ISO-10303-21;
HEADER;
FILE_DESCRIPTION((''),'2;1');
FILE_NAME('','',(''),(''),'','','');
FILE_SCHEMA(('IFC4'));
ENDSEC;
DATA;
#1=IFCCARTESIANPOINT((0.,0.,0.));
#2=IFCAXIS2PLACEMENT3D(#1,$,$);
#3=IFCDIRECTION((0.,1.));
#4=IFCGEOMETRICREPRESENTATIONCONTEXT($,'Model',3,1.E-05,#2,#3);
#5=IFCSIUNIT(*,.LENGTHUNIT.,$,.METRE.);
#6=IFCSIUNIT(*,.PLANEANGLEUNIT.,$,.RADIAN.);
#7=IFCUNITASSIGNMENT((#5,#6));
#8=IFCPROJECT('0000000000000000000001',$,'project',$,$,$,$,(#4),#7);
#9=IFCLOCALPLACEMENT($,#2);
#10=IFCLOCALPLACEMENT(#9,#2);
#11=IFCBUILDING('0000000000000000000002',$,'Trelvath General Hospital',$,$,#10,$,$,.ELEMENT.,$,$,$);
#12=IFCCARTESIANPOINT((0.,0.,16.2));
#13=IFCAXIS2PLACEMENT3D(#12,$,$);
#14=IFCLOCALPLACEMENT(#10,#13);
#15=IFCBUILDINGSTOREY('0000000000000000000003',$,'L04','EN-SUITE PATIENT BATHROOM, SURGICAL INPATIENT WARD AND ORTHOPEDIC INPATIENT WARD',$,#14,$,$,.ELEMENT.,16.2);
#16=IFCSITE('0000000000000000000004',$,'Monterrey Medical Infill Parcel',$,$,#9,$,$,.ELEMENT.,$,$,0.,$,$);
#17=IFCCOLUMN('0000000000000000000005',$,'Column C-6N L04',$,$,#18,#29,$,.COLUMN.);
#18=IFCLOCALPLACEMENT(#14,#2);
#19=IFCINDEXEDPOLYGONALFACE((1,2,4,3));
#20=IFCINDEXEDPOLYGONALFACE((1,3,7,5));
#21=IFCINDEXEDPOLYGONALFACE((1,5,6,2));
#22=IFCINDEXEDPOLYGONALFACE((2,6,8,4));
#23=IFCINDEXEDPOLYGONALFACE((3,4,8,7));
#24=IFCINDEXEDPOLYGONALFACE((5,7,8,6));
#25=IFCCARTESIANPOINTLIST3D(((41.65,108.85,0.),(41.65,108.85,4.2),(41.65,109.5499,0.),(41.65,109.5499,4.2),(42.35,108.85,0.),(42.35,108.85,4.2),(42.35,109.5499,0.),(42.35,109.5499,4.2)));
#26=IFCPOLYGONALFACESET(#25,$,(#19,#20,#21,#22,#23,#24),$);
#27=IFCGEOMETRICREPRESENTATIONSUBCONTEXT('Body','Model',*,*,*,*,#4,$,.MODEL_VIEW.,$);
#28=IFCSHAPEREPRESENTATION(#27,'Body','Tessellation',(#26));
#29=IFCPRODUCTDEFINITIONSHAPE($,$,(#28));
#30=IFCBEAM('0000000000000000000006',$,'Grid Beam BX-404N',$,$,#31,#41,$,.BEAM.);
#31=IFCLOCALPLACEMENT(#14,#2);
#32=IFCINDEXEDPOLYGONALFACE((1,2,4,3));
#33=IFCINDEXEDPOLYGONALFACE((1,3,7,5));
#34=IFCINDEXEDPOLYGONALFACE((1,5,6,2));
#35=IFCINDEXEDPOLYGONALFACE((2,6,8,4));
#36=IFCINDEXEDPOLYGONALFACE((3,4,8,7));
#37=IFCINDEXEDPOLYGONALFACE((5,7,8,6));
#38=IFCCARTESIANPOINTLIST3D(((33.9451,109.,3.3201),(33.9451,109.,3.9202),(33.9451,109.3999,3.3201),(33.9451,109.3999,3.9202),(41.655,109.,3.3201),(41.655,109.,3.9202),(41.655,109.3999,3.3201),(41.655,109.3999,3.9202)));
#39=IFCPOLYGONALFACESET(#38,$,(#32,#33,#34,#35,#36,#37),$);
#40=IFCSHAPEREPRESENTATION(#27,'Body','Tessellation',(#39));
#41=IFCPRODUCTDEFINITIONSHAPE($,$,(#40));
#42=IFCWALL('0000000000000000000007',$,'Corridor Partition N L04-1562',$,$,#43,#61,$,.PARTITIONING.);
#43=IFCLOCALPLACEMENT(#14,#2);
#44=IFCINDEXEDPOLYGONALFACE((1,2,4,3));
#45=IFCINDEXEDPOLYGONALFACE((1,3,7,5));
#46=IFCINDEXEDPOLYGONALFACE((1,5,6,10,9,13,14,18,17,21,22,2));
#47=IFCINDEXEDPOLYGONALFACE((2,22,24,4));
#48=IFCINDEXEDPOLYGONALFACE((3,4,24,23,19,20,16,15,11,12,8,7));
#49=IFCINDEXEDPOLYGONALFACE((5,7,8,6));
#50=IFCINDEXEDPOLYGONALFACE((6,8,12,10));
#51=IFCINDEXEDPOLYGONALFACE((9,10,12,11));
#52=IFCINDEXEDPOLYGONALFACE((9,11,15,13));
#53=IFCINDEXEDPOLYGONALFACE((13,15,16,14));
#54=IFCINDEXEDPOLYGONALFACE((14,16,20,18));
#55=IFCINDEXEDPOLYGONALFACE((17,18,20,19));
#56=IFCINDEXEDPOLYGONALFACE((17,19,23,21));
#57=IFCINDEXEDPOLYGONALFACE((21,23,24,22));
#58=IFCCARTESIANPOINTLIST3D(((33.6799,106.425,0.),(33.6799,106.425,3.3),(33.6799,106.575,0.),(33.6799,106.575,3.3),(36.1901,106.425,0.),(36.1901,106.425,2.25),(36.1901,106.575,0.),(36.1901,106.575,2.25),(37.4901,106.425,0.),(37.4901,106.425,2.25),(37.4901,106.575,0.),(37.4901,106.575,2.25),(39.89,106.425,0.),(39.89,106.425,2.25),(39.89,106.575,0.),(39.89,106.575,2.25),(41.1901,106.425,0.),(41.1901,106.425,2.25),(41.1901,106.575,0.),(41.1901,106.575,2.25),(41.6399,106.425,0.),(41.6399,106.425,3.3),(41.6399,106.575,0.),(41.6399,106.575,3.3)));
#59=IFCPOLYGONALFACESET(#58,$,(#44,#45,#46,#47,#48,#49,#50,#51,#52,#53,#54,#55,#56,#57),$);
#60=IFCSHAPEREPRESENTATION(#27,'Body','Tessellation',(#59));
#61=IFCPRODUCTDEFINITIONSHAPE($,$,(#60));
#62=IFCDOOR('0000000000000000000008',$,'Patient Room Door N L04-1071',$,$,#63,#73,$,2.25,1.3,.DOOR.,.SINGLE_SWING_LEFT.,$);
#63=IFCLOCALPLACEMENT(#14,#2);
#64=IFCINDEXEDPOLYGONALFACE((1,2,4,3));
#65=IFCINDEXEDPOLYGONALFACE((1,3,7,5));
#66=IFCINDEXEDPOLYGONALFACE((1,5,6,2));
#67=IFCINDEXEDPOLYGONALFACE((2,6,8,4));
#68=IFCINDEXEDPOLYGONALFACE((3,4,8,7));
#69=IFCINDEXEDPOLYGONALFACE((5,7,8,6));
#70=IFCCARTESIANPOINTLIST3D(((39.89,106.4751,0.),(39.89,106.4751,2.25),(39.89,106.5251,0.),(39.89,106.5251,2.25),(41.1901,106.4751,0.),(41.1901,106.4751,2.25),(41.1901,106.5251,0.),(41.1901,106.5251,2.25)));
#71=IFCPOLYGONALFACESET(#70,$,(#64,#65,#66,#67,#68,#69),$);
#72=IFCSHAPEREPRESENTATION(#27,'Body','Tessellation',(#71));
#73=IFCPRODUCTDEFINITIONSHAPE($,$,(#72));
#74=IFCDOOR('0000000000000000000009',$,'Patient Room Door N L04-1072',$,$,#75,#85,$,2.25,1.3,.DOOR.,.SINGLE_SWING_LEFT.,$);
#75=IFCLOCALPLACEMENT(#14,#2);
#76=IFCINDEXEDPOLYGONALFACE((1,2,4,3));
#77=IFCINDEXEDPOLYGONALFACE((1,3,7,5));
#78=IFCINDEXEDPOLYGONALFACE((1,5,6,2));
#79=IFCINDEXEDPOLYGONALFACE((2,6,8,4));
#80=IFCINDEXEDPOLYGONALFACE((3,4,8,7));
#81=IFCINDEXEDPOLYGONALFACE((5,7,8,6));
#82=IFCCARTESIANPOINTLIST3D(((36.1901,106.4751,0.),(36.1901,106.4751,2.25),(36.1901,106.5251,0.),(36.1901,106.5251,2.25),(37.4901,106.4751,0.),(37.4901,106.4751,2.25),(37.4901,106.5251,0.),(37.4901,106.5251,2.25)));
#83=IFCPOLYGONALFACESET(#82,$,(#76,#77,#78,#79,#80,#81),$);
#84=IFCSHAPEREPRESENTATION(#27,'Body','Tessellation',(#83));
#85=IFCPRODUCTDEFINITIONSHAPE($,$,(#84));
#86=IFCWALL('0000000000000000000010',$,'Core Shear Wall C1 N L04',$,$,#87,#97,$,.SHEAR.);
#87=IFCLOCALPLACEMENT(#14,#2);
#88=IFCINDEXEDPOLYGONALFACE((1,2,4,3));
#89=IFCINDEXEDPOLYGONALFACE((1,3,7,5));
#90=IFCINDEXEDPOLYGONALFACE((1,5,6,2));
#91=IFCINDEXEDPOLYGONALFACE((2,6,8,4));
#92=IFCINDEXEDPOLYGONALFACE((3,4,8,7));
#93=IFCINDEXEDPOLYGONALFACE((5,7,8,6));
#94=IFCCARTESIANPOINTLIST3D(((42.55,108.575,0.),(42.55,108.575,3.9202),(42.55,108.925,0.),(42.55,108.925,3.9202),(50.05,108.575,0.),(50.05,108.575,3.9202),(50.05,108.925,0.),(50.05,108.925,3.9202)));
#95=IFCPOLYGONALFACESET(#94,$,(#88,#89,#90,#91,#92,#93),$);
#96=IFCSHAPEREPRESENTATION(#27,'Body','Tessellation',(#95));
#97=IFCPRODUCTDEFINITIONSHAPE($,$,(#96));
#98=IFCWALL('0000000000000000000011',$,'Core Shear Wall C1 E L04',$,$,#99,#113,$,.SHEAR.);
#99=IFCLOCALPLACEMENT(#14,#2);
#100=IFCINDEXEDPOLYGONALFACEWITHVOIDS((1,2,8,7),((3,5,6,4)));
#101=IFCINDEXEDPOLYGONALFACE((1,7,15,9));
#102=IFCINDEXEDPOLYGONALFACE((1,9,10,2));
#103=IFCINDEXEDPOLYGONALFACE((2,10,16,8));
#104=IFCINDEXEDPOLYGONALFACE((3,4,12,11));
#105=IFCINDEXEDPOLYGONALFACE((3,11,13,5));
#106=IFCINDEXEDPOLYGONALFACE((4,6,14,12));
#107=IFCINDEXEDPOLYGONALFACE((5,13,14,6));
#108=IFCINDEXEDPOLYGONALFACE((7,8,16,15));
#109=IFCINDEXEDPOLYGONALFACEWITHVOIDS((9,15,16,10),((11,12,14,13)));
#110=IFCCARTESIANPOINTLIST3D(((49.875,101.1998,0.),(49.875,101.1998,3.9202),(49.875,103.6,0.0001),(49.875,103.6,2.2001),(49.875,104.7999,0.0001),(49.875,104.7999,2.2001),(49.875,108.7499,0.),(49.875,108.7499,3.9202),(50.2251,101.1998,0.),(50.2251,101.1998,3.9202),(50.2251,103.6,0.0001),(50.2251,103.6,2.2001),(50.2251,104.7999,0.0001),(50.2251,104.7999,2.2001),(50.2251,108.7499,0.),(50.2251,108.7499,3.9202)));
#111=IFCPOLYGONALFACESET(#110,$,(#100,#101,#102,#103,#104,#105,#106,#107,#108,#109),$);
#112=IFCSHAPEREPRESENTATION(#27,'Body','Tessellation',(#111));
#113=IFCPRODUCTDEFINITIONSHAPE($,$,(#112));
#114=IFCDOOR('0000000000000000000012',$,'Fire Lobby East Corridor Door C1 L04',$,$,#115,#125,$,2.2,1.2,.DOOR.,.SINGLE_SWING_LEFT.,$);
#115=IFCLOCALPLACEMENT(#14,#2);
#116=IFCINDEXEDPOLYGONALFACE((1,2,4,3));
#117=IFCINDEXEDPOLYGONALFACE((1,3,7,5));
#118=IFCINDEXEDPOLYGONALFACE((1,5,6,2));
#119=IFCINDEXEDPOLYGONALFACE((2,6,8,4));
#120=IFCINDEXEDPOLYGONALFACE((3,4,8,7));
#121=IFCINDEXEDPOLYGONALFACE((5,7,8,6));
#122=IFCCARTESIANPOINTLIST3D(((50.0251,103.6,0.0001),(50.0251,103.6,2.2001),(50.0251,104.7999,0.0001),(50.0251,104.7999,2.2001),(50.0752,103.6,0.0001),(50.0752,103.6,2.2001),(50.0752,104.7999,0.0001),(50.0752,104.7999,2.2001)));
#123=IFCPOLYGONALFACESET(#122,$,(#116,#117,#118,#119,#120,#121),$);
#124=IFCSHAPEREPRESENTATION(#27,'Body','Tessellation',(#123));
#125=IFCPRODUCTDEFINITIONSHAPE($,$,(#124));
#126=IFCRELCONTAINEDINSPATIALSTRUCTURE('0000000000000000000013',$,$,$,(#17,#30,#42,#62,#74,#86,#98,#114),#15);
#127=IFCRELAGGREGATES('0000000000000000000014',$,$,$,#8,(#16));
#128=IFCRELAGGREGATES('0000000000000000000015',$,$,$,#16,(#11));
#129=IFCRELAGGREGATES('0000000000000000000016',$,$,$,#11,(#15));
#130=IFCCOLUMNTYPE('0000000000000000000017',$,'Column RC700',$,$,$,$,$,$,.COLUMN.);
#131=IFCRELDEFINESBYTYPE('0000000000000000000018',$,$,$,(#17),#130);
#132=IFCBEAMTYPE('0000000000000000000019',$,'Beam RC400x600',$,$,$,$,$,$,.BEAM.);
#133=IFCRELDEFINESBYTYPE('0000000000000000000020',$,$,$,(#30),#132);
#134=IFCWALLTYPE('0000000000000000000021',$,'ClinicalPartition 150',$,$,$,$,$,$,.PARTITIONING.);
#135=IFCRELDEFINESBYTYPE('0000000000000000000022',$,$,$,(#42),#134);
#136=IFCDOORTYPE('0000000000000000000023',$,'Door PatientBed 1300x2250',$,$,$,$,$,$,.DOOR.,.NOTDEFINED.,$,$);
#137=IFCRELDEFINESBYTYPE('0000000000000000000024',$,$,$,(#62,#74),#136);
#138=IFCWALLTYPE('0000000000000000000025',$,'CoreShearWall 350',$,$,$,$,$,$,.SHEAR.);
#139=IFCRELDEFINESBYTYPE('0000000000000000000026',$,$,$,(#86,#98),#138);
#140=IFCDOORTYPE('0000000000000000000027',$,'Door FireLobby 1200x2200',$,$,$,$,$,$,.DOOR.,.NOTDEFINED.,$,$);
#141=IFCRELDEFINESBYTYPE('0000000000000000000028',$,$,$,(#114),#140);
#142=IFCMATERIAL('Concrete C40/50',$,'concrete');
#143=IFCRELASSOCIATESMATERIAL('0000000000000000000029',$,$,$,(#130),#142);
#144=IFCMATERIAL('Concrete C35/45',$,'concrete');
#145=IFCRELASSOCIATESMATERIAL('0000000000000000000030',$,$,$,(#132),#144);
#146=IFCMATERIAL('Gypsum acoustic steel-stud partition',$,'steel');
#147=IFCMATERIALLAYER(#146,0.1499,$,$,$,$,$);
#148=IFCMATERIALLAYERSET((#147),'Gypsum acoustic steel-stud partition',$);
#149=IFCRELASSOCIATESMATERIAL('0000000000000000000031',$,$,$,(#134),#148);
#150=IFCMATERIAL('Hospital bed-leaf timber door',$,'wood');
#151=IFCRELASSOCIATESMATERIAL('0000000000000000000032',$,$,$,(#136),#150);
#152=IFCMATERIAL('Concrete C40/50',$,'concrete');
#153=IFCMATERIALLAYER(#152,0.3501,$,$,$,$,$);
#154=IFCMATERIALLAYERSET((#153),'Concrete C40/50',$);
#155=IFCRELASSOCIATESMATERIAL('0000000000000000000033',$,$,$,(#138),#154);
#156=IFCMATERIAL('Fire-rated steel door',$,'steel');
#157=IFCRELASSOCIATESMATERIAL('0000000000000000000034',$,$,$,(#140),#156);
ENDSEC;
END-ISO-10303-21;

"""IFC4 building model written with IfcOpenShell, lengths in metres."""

from ifc_helpers import new_model, si_unit, direction, frame, frame_2d, origin, origin_2d, place, context, subcontext, project, spatial, rectangle, extrude, material, layer, layer_set, material_profile, profile_set, type_object, element, fill, save


model = new_model("IFC4")

# Units and contexts
model_context = context("Model", 3, precision=1e-05, world=origin(), true_north=direction((0.0, 1.0)))
body_context = subcontext(model_context, "Body", "Model", "MODEL_VIEW")
ifc_project = project(units=[si_unit("LENGTHUNIT", "METRE"), si_unit("PLANEANGLEUNIT", "RADIAN")], contexts=[model_context])

# Site, building, storey
site_placement = place(None, origin())
site = spatial("IfcSite", under=ifc_project, at=site_placement, Name="Monterrey Medical Infill Parcel", CompositionType="ELEMENT", RefElevation=0.0)
building_placement = place(site_placement, origin())
building = spatial("IfcBuilding", under=site, at=building_placement, Name="Trelvath General Hospital", CompositionType="ELEMENT")
storey_placement = place(building_placement, frame((0.0, 0.0, 16.2)))
storey = spatial("IfcBuildingStorey", under=building, at=storey_placement, Name="L04", Description="EN-SUITE PATIENT BATHROOM, SURGICAL INPATIENT WARD AND ORTHOPEDIC INPATIENT WARD", CompositionType="ELEMENT", Elevation=16.2)

# Column
ifc_material_1 = material(Name="Concrete C40/50", Category="concrete")
ifc_material_profile_1 = material_profile(ifc_material_1, rectangle(XDim=0.7, YDim=0.7, at=origin_2d()), Name="RC700x700")
ifc_profile_set_1 = profile_set([ifc_material_profile_1], Name="Concrete C40/50")
column_type = type_object("IfcColumnType", Name="Column RC700", PredefinedType="COLUMN", material=ifc_profile_set_1)
column_placement = place(storey_placement, frame((42.0, 109.2, 0.0), z_axis=(0.0, 0.0, 1.0), x_axis=(1.0, 0.0, 0.0)))
element("IfcColumn", 1, at=column_placement, inside=storey, type_object=column_type, Name="Column C-6N L04", PredefinedType="COLUMN", context=body_context, shape_type="SweptSolid", body=[
    extrude(rectangle(XDim=0.7, YDim=0.7, at=origin_2d()), origin(), (0.0, 0.0, 1.0), 4.2),
])

# Beam
ifc_material_2 = material(Name="Concrete C35/45", Category="concrete")
ifc_material_profile_2 = material_profile(ifc_material_2, rectangle(XDim=0.3999, YDim=0.6001, at=origin_2d()), Name="RCB400x600")
ifc_profile_set_2 = profile_set([ifc_material_profile_2], Name="Concrete C35/45")
beam_type = type_object("IfcBeamType", Name="Beam RC400x600", PredefinedType="BEAM", material=ifc_profile_set_2)
beam_placement = place(storey_placement, frame((33.9451, 109.2, 3.6201), z_axis=(1.0, 0.0, 0.0), x_axis=(0.0, 1.0, 0.0)))
element("IfcBeam", 2, at=beam_placement, inside=storey, type_object=beam_type, Name="Grid Beam BX-404N", PredefinedType="BEAM", context=body_context, shape_type="SweptSolid", body=[
    extrude(rectangle(XDim=0.3999, YDim=0.6001, at=origin_2d()), origin(), (0.0, 0.0, 1.0), 7.71),
])

# Wall, openings, doors
ifc_material_3 = material(Name="Gypsum acoustic steel-stud partition", Category="steel")
ifc_layer_1 = layer(ifc_material_3, 0.1499)
ifc_layer_set_1 = layer_set([ifc_layer_1], Name="Gypsum acoustic steel-stud partition")
wall_type_1 = type_object("IfcWallType", Name="ClinicalPartition 150", PredefinedType="PARTITIONING", material=ifc_layer_set_1)
wall_1_placement = place(storey_placement, frame((41.6399, 106.5, 0.0), z_axis=(0.0, 0.0, 1.0), x_axis=(-1.0, 0.0, 0.0)))
wall_1 = element("IfcWall", 3, at=wall_1_placement, inside=storey, type_object=wall_type_1, Name="Corridor Partition N L04-1562", PredefinedType="PARTITIONING", context=body_context, shape_type="SweptSolid", body=[
    extrude(rectangle(XDim=7.96, YDim=0.1499, at=frame_2d((3.98, 0.0))), origin(), (0.0, 0.0, 1.0), 3.3),
])
opening_1_placement = place(wall_1_placement, frame((0.45, 0.0, 0.0)))
opening_1 = element("IfcOpeningElement", 4, at=opening_1_placement, cuts=wall_1, PredefinedType="OPENING", context=body_context, shape_type="SweptSolid", body=[
    extrude(rectangle(XDim=1.3, YDim=2.25, at=frame_2d((0.6499, 1.125))), frame((0.0, 0.085, 0.0), z_axis=(0.0, -1.0, 0.0), x_axis=(1.0, 0.0, 0.0)), (0.0, 0.0, 1.0), 0.1699),
])
opening_2_placement = place(wall_1_placement, frame((4.1499, 0.0, 0.0)))
opening_2 = element("IfcOpeningElement", 5, at=opening_2_placement, cuts=wall_1, PredefinedType="OPENING", context=body_context, shape_type="SweptSolid", body=[
    extrude(rectangle(XDim=1.3, YDim=2.25, at=frame_2d((0.6499, 1.125))), frame((0.0, 0.085, 0.0), z_axis=(0.0, -1.0, 0.0), x_axis=(1.0, 0.0, 0.0)), (0.0, 0.0, 1.0), 0.1699),
])
ifc_material_4 = material(Name="Hospital bed-leaf timber door", Category="wood")
door_type_1 = type_object("IfcDoorType", Name="Door PatientBed 1300x2250", OperationType="NOTDEFINED", PredefinedType="DOOR", material=ifc_material_4)
door_1_placement = place(opening_1_placement, origin())
door_1 = element("IfcDoor", 6, at=door_1_placement, inside=storey, type_object=door_type_1, Name="Patient Room Door N L04-1071", OperationType="SINGLE_SWING_LEFT", OverallHeight=2.25, OverallWidth=1.3, PredefinedType="DOOR", context=body_context, shape_type="SweptSolid", body=[
    extrude(rectangle(XDim=1.3, YDim=2.25, at=frame_2d((0.6499, 1.125))), frame((0.0, 0.0249, 0.0), z_axis=(0.0, -1.0, 0.0), x_axis=(1.0, 0.0, 0.0)), (0.0, 0.0, 1.0), 0.05),
])
fill(opening_1, door_1)
door_2_placement = place(opening_2_placement, origin())
door_2 = element("IfcDoor", 7, at=door_2_placement, inside=storey, type_object=door_type_1, Name="Patient Room Door N L04-1072", OperationType="SINGLE_SWING_LEFT", OverallHeight=2.25, OverallWidth=1.3, PredefinedType="DOOR", context=body_context, shape_type="SweptSolid", body=[
    extrude(rectangle(XDim=1.3, YDim=2.25, at=frame_2d((0.6499, 1.125))), frame((0.0, 0.0249, 0.0), z_axis=(0.0, -1.0, 0.0), x_axis=(1.0, 0.0, 0.0)), (0.0, 0.0, 1.0), 0.05),
])
fill(opening_2, door_2)

# Wall
ifc_material_5 = material(Name="Concrete C40/50", Category="concrete")
ifc_layer_2 = layer(ifc_material_5, 0.3501)
ifc_layer_set_2 = layer_set([ifc_layer_2], Name="Concrete C40/50")
wall_type_2 = type_object("IfcWallType", Name="CoreShearWall 350", PredefinedType="SHEAR", material=ifc_layer_set_2)
wall_2_placement = place(storey_placement, frame((42.55, 108.75, 0.0), z_axis=(0.0, 0.0, 1.0), x_axis=(1.0, 0.0, 0.0)))
element("IfcWall", 8, at=wall_2_placement, inside=storey, type_object=wall_type_2, Name="Core Shear Wall C1 N L04", PredefinedType="SHEAR", context=body_context, shape_type="SweptSolid", body=[
    extrude(rectangle(XDim=7.5, YDim=0.3501, at=frame_2d((3.75, 0.0))), origin(), (0.0, 0.0, 1.0), 3.9202),
])

# Wall, opening, door
wall_3_placement = place(storey_placement, frame((50.05, 101.2, 0.0), z_axis=(0.0, 0.0, 1.0), x_axis=(0.0, 1.0, 0.0)))
wall_3 = element("IfcWall", 9, at=wall_3_placement, inside=storey, type_object=wall_type_2, Name="Core Shear Wall C1 E L04", PredefinedType="SHEAR", context=body_context, shape_type="SweptSolid", body=[
    extrude(rectangle(XDim=7.55, YDim=0.3501, at=frame_2d((3.7749, 0.0))), origin(), (0.0, 0.0, 1.0), 3.9202),
])
opening_3_placement = place(wall_3_placement, frame((2.3999, 0.0, 0.0)))
opening_3 = element("IfcOpeningElement", 10, at=opening_3_placement, cuts=wall_3, PredefinedType="OPENING", context=body_context, shape_type="SweptSolid", body=[
    extrude(rectangle(XDim=1.2, YDim=2.2, at=frame_2d((0.6001, 1.1001))), frame((0.0, 0.1851, 0.0), z_axis=(0.0, -1.0, 0.0), x_axis=(1.0, 0.0, 0.0)), (0.0, 0.0, 1.0), 0.3701),
])
ifc_material_6 = material(Name="Fire-rated steel door", Category="steel")
door_type_2 = type_object("IfcDoorType", Name="Door FireLobby 1200x2200", OperationType="NOTDEFINED", PredefinedType="DOOR", material=ifc_material_6)
door_3_placement = place(opening_3_placement, origin())
door_3 = element("IfcDoor", 11, at=door_3_placement, inside=storey, type_object=door_type_2, Name="Fire Lobby East Corridor Door C1 L04", OperationType="SINGLE_SWING_LEFT", OverallHeight=2.2, OverallWidth=1.2, PredefinedType="DOOR", context=body_context, shape_type="SweptSolid", body=[
    extrude(rectangle(XDim=1.2, YDim=2.2, at=frame_2d((0.6001, 1.1001))), frame((0.0, 0.0249, 0.0), z_axis=(0.0, -1.0, 0.0), x_axis=(1.0, 0.0, 0.0)), (0.0, 0.0, 1.0), 0.05),
])
fill(opening_3, door_3)

save(model, "model.ifc")
